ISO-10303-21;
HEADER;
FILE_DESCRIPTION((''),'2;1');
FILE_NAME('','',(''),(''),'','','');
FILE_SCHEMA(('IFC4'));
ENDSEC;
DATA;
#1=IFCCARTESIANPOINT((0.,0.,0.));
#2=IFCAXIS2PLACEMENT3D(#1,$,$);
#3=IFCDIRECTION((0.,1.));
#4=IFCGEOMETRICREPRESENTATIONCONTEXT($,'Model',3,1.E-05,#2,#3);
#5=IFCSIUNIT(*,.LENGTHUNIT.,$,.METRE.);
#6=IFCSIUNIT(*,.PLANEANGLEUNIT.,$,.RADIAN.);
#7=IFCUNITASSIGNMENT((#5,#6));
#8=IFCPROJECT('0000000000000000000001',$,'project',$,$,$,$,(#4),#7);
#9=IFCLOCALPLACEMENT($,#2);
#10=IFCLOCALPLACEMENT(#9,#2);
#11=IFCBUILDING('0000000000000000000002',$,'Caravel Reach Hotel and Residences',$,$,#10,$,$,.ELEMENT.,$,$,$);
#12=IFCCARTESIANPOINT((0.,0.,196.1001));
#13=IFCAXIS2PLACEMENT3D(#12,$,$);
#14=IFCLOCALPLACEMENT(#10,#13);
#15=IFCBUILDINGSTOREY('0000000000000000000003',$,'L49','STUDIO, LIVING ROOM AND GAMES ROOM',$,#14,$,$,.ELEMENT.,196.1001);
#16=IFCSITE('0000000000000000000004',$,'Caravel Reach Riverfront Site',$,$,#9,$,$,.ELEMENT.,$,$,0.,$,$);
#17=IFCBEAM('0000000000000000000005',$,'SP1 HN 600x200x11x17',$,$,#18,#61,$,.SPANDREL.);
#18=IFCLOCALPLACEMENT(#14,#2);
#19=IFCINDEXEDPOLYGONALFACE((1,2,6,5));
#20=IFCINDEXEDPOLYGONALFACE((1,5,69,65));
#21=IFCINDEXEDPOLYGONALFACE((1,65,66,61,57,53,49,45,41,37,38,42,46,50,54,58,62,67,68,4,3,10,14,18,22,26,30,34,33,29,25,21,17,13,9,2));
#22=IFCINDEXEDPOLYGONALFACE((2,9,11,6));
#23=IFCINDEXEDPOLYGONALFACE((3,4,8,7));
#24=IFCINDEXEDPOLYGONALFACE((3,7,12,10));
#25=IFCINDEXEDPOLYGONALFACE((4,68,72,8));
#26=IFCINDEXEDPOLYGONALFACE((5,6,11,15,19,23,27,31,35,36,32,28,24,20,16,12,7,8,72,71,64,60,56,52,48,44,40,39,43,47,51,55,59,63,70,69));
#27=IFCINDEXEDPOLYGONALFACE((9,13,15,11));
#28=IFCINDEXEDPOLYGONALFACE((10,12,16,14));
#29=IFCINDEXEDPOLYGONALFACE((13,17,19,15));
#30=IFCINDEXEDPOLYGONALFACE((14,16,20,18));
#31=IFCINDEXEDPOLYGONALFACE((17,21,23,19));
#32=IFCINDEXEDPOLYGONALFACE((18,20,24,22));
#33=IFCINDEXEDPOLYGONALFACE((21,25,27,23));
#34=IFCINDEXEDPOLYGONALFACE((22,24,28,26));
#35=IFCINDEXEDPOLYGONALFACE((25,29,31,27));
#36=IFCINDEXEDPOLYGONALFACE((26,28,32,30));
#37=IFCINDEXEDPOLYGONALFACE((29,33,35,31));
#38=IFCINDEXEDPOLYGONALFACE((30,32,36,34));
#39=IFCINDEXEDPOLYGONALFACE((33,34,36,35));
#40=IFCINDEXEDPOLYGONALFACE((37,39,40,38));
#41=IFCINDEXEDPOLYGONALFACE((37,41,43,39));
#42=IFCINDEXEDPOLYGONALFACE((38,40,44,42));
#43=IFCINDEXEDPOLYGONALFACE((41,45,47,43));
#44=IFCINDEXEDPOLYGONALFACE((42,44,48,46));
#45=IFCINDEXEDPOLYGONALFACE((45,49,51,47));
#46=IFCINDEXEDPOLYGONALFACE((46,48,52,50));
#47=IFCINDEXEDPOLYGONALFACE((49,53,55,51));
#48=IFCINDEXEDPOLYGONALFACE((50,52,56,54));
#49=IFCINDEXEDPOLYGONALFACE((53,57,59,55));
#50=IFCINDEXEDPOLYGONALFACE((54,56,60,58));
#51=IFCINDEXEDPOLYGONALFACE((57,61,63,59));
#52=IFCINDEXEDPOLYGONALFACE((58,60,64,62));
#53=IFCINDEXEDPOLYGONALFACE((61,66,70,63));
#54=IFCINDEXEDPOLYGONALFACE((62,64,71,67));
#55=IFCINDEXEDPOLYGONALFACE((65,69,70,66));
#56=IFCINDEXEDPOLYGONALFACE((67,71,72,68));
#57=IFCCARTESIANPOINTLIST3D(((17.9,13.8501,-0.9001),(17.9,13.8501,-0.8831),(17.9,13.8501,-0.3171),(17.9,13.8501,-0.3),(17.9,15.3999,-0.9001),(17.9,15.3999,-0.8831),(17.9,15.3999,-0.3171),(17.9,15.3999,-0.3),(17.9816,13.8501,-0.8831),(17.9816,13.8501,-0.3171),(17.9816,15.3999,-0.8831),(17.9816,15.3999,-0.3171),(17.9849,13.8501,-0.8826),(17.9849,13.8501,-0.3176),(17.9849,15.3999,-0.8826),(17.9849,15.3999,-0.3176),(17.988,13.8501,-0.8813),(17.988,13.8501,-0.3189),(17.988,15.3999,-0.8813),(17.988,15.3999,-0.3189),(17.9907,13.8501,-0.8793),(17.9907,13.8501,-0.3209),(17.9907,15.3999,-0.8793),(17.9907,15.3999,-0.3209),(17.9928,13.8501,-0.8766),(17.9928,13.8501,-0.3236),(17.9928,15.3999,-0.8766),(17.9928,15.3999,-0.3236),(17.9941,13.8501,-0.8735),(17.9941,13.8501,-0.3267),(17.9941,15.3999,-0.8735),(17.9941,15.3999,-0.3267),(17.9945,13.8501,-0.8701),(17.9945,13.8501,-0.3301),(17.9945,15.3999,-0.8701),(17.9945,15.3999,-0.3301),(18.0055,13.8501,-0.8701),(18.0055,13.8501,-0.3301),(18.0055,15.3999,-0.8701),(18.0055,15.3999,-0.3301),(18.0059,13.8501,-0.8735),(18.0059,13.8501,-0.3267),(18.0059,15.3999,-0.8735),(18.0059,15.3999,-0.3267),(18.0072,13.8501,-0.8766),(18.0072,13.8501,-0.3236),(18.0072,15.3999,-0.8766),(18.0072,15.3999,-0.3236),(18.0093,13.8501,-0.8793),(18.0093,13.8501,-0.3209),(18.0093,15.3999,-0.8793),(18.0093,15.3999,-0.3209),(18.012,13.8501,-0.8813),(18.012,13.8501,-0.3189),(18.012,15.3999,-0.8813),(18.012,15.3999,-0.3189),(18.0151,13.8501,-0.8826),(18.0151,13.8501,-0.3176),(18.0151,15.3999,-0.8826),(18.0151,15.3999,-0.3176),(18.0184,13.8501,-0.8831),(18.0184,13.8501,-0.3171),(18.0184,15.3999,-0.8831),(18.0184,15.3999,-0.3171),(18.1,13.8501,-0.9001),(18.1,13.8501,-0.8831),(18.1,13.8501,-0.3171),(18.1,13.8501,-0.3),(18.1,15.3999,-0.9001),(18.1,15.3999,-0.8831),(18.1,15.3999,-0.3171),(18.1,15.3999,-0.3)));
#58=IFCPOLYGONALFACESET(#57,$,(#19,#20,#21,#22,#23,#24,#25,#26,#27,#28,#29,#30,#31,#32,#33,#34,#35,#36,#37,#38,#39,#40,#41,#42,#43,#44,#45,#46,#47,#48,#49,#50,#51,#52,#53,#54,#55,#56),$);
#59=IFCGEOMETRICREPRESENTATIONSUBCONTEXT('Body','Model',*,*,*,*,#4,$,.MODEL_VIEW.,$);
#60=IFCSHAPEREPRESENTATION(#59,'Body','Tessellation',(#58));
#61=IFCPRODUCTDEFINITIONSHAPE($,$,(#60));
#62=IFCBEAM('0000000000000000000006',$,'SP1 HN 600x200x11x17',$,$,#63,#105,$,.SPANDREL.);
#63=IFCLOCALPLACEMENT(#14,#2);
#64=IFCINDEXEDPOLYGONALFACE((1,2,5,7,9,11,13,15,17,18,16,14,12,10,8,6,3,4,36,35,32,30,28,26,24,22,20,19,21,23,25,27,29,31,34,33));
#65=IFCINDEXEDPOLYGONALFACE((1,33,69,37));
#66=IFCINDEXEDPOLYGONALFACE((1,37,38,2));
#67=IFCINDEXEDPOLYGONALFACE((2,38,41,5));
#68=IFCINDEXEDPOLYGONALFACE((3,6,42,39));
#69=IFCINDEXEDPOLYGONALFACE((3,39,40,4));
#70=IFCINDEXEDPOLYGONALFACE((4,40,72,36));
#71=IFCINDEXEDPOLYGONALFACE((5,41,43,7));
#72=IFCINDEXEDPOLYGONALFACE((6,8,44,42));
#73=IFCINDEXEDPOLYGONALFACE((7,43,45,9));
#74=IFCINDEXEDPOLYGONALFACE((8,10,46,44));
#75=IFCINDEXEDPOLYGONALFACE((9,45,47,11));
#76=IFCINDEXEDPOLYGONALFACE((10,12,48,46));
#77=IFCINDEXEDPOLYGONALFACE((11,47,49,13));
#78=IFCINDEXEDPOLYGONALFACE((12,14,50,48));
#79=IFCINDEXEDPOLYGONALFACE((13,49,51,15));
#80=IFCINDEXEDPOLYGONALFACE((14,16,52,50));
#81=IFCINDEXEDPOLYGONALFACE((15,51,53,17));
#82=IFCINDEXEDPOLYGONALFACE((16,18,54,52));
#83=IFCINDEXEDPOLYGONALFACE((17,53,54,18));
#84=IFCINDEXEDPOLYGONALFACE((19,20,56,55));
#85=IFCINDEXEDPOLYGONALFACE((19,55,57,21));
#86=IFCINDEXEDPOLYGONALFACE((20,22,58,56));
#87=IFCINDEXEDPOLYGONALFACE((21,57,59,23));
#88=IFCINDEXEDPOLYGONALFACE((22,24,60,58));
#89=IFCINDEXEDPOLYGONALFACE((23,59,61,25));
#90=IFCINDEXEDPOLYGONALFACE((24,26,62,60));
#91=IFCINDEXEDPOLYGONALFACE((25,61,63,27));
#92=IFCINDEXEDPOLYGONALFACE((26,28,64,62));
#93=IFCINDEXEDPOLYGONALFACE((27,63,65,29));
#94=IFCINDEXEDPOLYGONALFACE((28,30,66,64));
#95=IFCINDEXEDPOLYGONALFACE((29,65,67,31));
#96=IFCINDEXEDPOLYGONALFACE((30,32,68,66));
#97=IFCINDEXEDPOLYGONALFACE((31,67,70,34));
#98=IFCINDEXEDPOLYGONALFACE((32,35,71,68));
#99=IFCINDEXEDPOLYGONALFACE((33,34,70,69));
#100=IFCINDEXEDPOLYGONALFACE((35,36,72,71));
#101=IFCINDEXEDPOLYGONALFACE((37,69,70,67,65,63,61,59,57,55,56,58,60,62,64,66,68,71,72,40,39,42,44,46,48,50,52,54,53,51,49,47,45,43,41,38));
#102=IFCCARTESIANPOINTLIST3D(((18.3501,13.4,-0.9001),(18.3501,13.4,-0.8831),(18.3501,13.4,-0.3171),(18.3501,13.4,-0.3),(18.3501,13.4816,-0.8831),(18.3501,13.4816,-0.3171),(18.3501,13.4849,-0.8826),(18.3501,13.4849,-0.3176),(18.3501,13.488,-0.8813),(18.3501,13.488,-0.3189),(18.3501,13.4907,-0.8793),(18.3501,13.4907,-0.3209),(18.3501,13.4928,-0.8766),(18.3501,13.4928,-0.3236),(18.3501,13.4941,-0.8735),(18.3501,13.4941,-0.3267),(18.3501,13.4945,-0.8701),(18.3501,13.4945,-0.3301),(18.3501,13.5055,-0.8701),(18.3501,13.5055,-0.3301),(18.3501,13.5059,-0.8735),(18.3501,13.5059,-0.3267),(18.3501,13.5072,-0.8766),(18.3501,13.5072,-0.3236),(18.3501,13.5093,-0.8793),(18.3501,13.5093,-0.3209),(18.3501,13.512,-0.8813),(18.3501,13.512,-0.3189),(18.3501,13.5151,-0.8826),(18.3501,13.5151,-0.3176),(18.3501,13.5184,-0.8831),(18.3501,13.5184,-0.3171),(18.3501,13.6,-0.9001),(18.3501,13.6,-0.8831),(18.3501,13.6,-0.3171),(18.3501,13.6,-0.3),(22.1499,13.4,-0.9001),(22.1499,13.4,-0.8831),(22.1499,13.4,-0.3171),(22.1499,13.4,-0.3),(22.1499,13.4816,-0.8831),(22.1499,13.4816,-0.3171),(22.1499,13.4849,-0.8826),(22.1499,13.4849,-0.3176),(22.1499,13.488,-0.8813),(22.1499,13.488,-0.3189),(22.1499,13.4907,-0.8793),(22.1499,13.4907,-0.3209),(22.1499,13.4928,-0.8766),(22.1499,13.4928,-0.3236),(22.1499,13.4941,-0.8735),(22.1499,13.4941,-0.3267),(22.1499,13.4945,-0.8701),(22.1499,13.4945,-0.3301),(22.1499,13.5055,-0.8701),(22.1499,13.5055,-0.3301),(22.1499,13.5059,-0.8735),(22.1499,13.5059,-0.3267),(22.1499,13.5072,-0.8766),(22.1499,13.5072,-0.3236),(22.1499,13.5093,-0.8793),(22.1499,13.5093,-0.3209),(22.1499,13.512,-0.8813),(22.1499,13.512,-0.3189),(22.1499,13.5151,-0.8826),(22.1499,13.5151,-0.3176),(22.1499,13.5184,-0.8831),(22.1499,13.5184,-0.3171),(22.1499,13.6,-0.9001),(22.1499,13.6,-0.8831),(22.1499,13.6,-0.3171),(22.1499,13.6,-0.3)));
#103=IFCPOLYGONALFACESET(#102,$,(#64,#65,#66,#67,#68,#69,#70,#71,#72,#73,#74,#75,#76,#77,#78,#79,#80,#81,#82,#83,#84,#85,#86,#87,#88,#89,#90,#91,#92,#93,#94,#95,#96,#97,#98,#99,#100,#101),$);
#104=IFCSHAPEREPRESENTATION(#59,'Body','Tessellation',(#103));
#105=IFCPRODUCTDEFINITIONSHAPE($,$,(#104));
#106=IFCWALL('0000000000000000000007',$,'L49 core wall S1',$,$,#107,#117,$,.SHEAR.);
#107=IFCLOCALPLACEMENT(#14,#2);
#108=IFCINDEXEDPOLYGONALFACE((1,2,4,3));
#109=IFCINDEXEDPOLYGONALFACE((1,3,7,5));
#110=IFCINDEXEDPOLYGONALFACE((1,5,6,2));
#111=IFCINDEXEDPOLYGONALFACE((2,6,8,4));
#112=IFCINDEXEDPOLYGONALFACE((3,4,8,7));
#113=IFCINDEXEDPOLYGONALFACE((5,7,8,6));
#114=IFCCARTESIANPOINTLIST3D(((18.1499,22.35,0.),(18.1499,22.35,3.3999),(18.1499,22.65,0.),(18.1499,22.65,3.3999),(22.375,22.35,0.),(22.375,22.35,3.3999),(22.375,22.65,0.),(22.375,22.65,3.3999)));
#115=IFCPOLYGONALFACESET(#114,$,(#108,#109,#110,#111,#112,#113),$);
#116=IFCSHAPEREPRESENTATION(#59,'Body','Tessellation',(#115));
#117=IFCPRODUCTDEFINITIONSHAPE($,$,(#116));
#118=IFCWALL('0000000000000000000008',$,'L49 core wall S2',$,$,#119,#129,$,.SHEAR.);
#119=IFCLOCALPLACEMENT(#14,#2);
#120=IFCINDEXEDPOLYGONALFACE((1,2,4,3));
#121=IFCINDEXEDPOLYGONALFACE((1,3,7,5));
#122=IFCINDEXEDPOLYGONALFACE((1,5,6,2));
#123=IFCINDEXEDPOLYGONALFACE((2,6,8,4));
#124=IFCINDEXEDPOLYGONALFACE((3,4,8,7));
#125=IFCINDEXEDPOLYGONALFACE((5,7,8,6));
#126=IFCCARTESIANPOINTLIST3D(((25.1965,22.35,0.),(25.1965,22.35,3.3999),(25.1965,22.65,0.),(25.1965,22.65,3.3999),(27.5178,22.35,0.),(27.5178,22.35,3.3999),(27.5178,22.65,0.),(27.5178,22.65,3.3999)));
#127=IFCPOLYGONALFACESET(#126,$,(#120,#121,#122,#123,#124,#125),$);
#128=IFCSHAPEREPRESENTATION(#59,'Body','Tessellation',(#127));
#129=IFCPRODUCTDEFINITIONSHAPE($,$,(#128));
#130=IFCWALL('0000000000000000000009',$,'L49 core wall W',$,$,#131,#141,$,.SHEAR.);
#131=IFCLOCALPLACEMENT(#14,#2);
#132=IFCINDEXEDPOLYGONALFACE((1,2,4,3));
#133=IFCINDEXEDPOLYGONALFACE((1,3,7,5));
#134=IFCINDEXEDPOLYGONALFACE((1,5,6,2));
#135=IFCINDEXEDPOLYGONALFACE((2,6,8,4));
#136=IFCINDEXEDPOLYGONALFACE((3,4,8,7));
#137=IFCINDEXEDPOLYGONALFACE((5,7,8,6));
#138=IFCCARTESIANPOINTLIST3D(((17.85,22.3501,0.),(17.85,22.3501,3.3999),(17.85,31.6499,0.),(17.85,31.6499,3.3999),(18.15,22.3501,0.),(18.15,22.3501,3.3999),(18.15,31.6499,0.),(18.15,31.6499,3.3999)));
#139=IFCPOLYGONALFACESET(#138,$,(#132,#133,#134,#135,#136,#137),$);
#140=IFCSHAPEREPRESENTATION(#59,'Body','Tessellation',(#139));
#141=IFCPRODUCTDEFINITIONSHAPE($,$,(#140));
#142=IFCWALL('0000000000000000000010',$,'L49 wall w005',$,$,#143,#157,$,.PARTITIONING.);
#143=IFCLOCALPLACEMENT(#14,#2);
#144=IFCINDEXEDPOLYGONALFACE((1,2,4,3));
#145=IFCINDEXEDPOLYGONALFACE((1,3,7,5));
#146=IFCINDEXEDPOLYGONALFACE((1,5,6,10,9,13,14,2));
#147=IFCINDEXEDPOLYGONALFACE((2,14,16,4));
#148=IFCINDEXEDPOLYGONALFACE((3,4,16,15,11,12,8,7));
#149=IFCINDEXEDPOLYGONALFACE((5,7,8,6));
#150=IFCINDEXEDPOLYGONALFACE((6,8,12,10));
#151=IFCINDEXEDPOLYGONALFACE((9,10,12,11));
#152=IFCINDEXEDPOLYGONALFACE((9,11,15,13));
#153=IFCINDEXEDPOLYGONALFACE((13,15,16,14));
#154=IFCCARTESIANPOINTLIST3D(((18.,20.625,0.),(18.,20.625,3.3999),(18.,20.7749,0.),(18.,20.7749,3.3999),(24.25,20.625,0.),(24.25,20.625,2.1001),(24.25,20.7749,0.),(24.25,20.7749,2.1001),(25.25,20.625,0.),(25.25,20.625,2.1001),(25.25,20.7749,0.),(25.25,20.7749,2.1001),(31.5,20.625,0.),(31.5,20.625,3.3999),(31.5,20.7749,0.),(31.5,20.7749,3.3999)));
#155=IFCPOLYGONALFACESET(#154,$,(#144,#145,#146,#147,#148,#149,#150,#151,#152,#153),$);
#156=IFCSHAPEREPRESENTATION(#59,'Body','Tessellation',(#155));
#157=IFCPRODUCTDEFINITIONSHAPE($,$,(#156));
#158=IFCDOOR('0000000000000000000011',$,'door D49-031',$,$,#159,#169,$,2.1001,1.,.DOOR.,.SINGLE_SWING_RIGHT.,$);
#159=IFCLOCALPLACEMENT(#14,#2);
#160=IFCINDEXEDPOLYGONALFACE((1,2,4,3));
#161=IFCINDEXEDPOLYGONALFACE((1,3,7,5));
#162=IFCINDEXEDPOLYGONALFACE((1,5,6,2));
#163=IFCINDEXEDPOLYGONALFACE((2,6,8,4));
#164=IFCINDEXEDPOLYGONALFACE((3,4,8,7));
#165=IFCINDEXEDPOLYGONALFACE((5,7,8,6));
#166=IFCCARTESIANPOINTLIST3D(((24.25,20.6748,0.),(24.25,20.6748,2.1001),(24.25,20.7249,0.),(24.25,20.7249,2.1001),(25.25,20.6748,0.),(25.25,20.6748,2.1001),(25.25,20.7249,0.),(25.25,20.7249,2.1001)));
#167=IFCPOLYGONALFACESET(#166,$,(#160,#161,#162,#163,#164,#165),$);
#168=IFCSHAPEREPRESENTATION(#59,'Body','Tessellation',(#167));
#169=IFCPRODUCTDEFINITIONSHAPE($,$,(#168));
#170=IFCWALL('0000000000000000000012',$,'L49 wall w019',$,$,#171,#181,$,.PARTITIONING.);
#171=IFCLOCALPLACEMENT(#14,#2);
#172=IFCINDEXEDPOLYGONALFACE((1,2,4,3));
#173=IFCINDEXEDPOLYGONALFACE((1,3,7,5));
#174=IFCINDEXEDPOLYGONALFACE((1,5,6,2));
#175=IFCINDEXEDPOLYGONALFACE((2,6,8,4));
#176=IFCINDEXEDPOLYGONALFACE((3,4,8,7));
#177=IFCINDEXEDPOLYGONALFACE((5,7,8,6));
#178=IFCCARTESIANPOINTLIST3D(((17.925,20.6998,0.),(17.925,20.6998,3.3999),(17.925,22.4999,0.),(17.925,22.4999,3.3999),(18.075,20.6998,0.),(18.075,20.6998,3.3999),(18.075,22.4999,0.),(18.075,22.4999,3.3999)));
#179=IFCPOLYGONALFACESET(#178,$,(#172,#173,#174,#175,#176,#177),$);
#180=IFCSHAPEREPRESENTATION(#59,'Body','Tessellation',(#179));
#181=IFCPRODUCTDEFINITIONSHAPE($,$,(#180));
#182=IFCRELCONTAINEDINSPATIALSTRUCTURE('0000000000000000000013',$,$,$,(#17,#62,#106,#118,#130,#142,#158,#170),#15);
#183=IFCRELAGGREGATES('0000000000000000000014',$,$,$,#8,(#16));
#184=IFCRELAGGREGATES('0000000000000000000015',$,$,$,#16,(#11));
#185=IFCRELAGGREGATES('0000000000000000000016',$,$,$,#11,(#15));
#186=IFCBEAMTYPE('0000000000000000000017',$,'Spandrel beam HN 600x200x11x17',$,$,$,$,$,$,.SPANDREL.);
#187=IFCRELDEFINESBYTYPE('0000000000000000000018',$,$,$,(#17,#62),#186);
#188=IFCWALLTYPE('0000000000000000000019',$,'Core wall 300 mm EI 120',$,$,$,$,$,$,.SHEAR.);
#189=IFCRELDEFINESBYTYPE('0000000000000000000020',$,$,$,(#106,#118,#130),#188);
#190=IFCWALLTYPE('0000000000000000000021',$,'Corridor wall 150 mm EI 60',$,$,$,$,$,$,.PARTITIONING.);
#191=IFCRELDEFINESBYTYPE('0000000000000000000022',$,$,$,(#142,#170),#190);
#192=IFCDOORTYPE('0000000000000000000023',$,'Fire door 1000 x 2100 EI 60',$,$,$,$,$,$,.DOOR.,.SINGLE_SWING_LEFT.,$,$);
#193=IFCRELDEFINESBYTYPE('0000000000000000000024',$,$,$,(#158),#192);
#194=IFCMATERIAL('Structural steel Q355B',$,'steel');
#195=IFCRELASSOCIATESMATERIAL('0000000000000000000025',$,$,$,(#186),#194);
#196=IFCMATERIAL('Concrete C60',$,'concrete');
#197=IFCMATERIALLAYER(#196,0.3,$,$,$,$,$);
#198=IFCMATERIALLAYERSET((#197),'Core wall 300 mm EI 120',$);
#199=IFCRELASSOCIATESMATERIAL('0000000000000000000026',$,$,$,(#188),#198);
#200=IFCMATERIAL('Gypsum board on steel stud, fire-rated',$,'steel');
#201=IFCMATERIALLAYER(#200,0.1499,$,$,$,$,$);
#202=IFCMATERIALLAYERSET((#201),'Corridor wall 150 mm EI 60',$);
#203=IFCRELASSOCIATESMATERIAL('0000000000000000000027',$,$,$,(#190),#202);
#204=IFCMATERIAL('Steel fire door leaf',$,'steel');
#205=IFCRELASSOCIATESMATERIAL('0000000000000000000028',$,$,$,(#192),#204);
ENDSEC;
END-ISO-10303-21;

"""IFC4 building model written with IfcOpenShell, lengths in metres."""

from ifc_helpers import new_model, si_unit, direction, frame, frame_2d, origin, origin_2d, place, context, subcontext, project, spatial, rectangle, i_section, extrude, material, layer, layer_set, material_profile, profile_set, type_object, element, fill, save


model = new_model("IFC4")

# Units and contexts
model_context = context("Model", 3, precision=1e-05, world=origin(), true_north=direction((0.0, 1.0)))
body_context = subcontext(model_context, "Body", "Model", "MODEL_VIEW")
ifc_project = project(units=[si_unit("LENGTHUNIT", "METRE"), si_unit("PLANEANGLEUNIT", "RADIAN")], contexts=[model_context])

# Site, building, storey
site_placement = place(None, origin())
site = spatial("IfcSite", under=ifc_project, at=site_placement, Name="Caravel Reach Riverfront Site", CompositionType="ELEMENT", RefElevation=0.0)
building_placement = place(site_placement, origin())
building = spatial("IfcBuilding", under=site, at=building_placement, Name="Caravel Reach Hotel and Residences", CompositionType="ELEMENT")
storey_placement = place(building_placement, frame((0.0, 0.0, 196.1001)))
storey = spatial("IfcBuildingStorey", under=building, at=storey_placement, Name="L49", Description="STUDIO, LIVING ROOM AND GAMES ROOM", CompositionType="ELEMENT", Elevation=196.1001)

# Beams
ifc_material_1 = material(Name="Structural steel Q355B", Category="steel")
ifc_material_profile_1 = material_profile(ifc_material_1, i_section(OverallWidth=0.2, OverallDepth=0.6001, WebThickness=0.011, FlangeThickness=0.0171, FilletRadius=0.0129, at=origin_2d()), Name="HN 600x200x11x17")
ifc_profile_set_1 = profile_set([ifc_material_profile_1], Name="Structural steel Q355B")
beam_type_1 = type_object("IfcBeamType", Name="Spandrel beam HN 600x200x11x17", PredefinedType="SPANDREL", material=ifc_profile_set_1)
for number, where, z_axis, x_axis, name in (
    (1, (18.0, 15.3999, -0.6001), (0.0, -1.0, 0.0), (1.0, 0.0, 0.0), "SP1 HN 600x200x11x17"),
):
    element("IfcBeam", number, at=place(storey_placement, frame(where, z_axis=z_axis, x_axis=x_axis)), inside=storey, type_object=beam_type_1, Name=name, PredefinedType="SPANDREL", context=body_context, shape_type="SweptSolid", body=[
        extrude(i_section(OverallWidth=0.2, OverallDepth=0.6001, WebThickness=0.011, FlangeThickness=0.0171, FilletRadius=0.0129, at=origin_2d()), origin(), (0.0, 0.0, 1.0), 1.5498),
    ])
beam_1_placement = place(storey_placement, frame((18.3501, 13.5, -0.6001), z_axis=(1.0, 0.0, 0.0), x_axis=(0.0, 1.0, 0.0)))
element("IfcBeam", 2, at=beam_1_placement, inside=storey, type_object=beam_type_1, Name="SP1 HN 600x200x11x17", PredefinedType="SPANDREL", context=body_context, shape_type="SweptSolid", body=[
    extrude(i_section(OverallWidth=0.2, OverallDepth=0.6001, WebThickness=0.011, FlangeThickness=0.0171, FilletRadius=0.0129, at=origin_2d()), origin(), (0.0, 0.0, 1.0), 3.7998),
])

# Walls
ifc_material_2 = material(Name="Concrete C60", Category="concrete")
ifc_layer_1 = layer(ifc_material_2, 0.3)
ifc_layer_set_1 = layer_set([ifc_layer_1], Name="Core wall 300 mm EI 120")
wall_type_1 = type_object("IfcWallType", Name="Core wall 300 mm EI 120", PredefinedType="SHEAR", material=ifc_layer_set_1)
wall_1_placement = place(storey_placement, frame((18.1499, 22.5, 0.0), z_axis=(0.0, 0.0, 1.0), x_axis=(1.0, 0.0, 0.0)))
element("IfcWall", 3, at=wall_1_placement, inside=storey, type_object=wall_type_1, Name="L49 core wall S1", PredefinedType="SHEAR", context=body_context, shape_type="SweptSolid", body=[
    extrude(rectangle(XDim=4.2251, YDim=0.3, at=frame_2d((2.1125, 0.0))), origin(), (0.0, 0.0, 1.0), 3.3999),
])
wall_2_placement = place(storey_placement, frame((25.1965, 22.5, 0.0), z_axis=(0.0, 0.0, 1.0), x_axis=(1.0, 0.0, 0.0)))
element("IfcWall", 4, at=wall_2_placement, inside=storey, type_object=wall_type_1, Name="L49 core wall S2", PredefinedType="SHEAR", context=body_context, shape_type="SweptSolid", body=[
    extrude(rectangle(XDim=2.3213, YDim=0.3, at=frame_2d((1.1606, 0.0))), origin(), (0.0, 0.0, 1.0), 3.3999),
])
wall_3_placement = place(storey_placement, frame((18.0, 22.3501, 0.0), z_axis=(0.0, 0.0, 1.0), x_axis=(0.0, 1.0, 0.0)))
element("IfcWall", 5, at=wall_3_placement, inside=storey, type_object=wall_type_1, Name="L49 core wall W", PredefinedType="SHEAR", context=body_context, shape_type="SweptSolid", body=[
    extrude(rectangle(XDim=9.2998, YDim=0.3, at=frame_2d((4.6499, 0.0))), origin(), (0.0, 0.0, 1.0), 3.3999),
])

# Wall, opening, door
ifc_material_3 = material(Name="Gypsum board on steel stud, fire-rated", Category="steel")
ifc_layer_2 = layer(ifc_material_3, 0.1499)
ifc_layer_set_2 = layer_set([ifc_layer_2], Name="Corridor wall 150 mm EI 60")
wall_type_2 = type_object("IfcWallType", Name="Corridor wall 150 mm EI 60", PredefinedType="PARTITIONING", material=ifc_layer_set_2)
wall_4_placement = place(storey_placement, frame((18.0, 20.7, 0.0), z_axis=(0.0, 0.0, 1.0), x_axis=(1.0, 0.0, 0.0)))
wall_4 = element("IfcWall", 6, at=wall_4_placement, inside=storey, type_object=wall_type_2, Name="L49 wall w005", PredefinedType="PARTITIONING", context=body_context, shape_type="SweptSolid", body=[
    extrude(rectangle(XDim=13.5, YDim=0.1499, at=frame_2d((6.75, 0.0))), origin(), (0.0, 0.0, 1.0), 3.3999),
])
opening_1_placement = place(wall_4_placement, frame((6.25, 0.0, 0.0)))
opening_1 = element("IfcOpeningElement", 7, at=opening_1_placement, cuts=wall_4, PredefinedType="OPENING", context=body_context, shape_type="SweptSolid", body=[
    extrude(rectangle(XDim=1.0, YDim=2.1001, at=frame_2d((0.5, 1.05))), frame((0.0, 0.085, 0.0), z_axis=(0.0, -1.0, 0.0), x_axis=(1.0, 0.0, 0.0)), (0.0, 0.0, 1.0), 0.1699),
])
ifc_material_4 = material(Name="Steel fire door leaf", Category="steel")
door_type = type_object("IfcDoorType", Name="Fire door 1000 x 2100 EI 60", OperationType="SINGLE_SWING_LEFT", PredefinedType="DOOR", material=ifc_material_4)
door_placement = place(opening_1_placement, origin())
door = element("IfcDoor", 8, at=door_placement, inside=storey, type_object=door_type, Name="door D49-031", OperationType="SINGLE_SWING_RIGHT", OverallHeight=2.1001, OverallWidth=1.0, PredefinedType="DOOR", context=body_context, shape_type="SweptSolid", body=[
    extrude(rectangle(XDim=1.0, YDim=2.1001, at=frame_2d((0.5, 1.05))), frame((0.0, 0.0249, 0.0), z_axis=(0.0, -1.0, 0.0), x_axis=(1.0, 0.0, 0.0)), (0.0, 0.0, 1.0), 0.05),
])
fill(opening_1, door)

# Wall
wall_5_placement = place(storey_placement, frame((18.0, 20.7, 0.0), z_axis=(0.0, 0.0, 1.0), x_axis=(0.0, 1.0, 0.0)))
element("IfcWall", 9, at=wall_5_placement, inside=storey, type_object=wall_type_2, Name="L49 wall w019", PredefinedType="PARTITIONING", context=body_context, shape_type="SweptSolid", body=[
    extrude(rectangle(XDim=1.8, YDim=0.1499, at=frame_2d((0.8999, 0.0))), origin(), (0.0, 0.0, 1.0), 3.3999),
])

save(model, "model.ifc")
